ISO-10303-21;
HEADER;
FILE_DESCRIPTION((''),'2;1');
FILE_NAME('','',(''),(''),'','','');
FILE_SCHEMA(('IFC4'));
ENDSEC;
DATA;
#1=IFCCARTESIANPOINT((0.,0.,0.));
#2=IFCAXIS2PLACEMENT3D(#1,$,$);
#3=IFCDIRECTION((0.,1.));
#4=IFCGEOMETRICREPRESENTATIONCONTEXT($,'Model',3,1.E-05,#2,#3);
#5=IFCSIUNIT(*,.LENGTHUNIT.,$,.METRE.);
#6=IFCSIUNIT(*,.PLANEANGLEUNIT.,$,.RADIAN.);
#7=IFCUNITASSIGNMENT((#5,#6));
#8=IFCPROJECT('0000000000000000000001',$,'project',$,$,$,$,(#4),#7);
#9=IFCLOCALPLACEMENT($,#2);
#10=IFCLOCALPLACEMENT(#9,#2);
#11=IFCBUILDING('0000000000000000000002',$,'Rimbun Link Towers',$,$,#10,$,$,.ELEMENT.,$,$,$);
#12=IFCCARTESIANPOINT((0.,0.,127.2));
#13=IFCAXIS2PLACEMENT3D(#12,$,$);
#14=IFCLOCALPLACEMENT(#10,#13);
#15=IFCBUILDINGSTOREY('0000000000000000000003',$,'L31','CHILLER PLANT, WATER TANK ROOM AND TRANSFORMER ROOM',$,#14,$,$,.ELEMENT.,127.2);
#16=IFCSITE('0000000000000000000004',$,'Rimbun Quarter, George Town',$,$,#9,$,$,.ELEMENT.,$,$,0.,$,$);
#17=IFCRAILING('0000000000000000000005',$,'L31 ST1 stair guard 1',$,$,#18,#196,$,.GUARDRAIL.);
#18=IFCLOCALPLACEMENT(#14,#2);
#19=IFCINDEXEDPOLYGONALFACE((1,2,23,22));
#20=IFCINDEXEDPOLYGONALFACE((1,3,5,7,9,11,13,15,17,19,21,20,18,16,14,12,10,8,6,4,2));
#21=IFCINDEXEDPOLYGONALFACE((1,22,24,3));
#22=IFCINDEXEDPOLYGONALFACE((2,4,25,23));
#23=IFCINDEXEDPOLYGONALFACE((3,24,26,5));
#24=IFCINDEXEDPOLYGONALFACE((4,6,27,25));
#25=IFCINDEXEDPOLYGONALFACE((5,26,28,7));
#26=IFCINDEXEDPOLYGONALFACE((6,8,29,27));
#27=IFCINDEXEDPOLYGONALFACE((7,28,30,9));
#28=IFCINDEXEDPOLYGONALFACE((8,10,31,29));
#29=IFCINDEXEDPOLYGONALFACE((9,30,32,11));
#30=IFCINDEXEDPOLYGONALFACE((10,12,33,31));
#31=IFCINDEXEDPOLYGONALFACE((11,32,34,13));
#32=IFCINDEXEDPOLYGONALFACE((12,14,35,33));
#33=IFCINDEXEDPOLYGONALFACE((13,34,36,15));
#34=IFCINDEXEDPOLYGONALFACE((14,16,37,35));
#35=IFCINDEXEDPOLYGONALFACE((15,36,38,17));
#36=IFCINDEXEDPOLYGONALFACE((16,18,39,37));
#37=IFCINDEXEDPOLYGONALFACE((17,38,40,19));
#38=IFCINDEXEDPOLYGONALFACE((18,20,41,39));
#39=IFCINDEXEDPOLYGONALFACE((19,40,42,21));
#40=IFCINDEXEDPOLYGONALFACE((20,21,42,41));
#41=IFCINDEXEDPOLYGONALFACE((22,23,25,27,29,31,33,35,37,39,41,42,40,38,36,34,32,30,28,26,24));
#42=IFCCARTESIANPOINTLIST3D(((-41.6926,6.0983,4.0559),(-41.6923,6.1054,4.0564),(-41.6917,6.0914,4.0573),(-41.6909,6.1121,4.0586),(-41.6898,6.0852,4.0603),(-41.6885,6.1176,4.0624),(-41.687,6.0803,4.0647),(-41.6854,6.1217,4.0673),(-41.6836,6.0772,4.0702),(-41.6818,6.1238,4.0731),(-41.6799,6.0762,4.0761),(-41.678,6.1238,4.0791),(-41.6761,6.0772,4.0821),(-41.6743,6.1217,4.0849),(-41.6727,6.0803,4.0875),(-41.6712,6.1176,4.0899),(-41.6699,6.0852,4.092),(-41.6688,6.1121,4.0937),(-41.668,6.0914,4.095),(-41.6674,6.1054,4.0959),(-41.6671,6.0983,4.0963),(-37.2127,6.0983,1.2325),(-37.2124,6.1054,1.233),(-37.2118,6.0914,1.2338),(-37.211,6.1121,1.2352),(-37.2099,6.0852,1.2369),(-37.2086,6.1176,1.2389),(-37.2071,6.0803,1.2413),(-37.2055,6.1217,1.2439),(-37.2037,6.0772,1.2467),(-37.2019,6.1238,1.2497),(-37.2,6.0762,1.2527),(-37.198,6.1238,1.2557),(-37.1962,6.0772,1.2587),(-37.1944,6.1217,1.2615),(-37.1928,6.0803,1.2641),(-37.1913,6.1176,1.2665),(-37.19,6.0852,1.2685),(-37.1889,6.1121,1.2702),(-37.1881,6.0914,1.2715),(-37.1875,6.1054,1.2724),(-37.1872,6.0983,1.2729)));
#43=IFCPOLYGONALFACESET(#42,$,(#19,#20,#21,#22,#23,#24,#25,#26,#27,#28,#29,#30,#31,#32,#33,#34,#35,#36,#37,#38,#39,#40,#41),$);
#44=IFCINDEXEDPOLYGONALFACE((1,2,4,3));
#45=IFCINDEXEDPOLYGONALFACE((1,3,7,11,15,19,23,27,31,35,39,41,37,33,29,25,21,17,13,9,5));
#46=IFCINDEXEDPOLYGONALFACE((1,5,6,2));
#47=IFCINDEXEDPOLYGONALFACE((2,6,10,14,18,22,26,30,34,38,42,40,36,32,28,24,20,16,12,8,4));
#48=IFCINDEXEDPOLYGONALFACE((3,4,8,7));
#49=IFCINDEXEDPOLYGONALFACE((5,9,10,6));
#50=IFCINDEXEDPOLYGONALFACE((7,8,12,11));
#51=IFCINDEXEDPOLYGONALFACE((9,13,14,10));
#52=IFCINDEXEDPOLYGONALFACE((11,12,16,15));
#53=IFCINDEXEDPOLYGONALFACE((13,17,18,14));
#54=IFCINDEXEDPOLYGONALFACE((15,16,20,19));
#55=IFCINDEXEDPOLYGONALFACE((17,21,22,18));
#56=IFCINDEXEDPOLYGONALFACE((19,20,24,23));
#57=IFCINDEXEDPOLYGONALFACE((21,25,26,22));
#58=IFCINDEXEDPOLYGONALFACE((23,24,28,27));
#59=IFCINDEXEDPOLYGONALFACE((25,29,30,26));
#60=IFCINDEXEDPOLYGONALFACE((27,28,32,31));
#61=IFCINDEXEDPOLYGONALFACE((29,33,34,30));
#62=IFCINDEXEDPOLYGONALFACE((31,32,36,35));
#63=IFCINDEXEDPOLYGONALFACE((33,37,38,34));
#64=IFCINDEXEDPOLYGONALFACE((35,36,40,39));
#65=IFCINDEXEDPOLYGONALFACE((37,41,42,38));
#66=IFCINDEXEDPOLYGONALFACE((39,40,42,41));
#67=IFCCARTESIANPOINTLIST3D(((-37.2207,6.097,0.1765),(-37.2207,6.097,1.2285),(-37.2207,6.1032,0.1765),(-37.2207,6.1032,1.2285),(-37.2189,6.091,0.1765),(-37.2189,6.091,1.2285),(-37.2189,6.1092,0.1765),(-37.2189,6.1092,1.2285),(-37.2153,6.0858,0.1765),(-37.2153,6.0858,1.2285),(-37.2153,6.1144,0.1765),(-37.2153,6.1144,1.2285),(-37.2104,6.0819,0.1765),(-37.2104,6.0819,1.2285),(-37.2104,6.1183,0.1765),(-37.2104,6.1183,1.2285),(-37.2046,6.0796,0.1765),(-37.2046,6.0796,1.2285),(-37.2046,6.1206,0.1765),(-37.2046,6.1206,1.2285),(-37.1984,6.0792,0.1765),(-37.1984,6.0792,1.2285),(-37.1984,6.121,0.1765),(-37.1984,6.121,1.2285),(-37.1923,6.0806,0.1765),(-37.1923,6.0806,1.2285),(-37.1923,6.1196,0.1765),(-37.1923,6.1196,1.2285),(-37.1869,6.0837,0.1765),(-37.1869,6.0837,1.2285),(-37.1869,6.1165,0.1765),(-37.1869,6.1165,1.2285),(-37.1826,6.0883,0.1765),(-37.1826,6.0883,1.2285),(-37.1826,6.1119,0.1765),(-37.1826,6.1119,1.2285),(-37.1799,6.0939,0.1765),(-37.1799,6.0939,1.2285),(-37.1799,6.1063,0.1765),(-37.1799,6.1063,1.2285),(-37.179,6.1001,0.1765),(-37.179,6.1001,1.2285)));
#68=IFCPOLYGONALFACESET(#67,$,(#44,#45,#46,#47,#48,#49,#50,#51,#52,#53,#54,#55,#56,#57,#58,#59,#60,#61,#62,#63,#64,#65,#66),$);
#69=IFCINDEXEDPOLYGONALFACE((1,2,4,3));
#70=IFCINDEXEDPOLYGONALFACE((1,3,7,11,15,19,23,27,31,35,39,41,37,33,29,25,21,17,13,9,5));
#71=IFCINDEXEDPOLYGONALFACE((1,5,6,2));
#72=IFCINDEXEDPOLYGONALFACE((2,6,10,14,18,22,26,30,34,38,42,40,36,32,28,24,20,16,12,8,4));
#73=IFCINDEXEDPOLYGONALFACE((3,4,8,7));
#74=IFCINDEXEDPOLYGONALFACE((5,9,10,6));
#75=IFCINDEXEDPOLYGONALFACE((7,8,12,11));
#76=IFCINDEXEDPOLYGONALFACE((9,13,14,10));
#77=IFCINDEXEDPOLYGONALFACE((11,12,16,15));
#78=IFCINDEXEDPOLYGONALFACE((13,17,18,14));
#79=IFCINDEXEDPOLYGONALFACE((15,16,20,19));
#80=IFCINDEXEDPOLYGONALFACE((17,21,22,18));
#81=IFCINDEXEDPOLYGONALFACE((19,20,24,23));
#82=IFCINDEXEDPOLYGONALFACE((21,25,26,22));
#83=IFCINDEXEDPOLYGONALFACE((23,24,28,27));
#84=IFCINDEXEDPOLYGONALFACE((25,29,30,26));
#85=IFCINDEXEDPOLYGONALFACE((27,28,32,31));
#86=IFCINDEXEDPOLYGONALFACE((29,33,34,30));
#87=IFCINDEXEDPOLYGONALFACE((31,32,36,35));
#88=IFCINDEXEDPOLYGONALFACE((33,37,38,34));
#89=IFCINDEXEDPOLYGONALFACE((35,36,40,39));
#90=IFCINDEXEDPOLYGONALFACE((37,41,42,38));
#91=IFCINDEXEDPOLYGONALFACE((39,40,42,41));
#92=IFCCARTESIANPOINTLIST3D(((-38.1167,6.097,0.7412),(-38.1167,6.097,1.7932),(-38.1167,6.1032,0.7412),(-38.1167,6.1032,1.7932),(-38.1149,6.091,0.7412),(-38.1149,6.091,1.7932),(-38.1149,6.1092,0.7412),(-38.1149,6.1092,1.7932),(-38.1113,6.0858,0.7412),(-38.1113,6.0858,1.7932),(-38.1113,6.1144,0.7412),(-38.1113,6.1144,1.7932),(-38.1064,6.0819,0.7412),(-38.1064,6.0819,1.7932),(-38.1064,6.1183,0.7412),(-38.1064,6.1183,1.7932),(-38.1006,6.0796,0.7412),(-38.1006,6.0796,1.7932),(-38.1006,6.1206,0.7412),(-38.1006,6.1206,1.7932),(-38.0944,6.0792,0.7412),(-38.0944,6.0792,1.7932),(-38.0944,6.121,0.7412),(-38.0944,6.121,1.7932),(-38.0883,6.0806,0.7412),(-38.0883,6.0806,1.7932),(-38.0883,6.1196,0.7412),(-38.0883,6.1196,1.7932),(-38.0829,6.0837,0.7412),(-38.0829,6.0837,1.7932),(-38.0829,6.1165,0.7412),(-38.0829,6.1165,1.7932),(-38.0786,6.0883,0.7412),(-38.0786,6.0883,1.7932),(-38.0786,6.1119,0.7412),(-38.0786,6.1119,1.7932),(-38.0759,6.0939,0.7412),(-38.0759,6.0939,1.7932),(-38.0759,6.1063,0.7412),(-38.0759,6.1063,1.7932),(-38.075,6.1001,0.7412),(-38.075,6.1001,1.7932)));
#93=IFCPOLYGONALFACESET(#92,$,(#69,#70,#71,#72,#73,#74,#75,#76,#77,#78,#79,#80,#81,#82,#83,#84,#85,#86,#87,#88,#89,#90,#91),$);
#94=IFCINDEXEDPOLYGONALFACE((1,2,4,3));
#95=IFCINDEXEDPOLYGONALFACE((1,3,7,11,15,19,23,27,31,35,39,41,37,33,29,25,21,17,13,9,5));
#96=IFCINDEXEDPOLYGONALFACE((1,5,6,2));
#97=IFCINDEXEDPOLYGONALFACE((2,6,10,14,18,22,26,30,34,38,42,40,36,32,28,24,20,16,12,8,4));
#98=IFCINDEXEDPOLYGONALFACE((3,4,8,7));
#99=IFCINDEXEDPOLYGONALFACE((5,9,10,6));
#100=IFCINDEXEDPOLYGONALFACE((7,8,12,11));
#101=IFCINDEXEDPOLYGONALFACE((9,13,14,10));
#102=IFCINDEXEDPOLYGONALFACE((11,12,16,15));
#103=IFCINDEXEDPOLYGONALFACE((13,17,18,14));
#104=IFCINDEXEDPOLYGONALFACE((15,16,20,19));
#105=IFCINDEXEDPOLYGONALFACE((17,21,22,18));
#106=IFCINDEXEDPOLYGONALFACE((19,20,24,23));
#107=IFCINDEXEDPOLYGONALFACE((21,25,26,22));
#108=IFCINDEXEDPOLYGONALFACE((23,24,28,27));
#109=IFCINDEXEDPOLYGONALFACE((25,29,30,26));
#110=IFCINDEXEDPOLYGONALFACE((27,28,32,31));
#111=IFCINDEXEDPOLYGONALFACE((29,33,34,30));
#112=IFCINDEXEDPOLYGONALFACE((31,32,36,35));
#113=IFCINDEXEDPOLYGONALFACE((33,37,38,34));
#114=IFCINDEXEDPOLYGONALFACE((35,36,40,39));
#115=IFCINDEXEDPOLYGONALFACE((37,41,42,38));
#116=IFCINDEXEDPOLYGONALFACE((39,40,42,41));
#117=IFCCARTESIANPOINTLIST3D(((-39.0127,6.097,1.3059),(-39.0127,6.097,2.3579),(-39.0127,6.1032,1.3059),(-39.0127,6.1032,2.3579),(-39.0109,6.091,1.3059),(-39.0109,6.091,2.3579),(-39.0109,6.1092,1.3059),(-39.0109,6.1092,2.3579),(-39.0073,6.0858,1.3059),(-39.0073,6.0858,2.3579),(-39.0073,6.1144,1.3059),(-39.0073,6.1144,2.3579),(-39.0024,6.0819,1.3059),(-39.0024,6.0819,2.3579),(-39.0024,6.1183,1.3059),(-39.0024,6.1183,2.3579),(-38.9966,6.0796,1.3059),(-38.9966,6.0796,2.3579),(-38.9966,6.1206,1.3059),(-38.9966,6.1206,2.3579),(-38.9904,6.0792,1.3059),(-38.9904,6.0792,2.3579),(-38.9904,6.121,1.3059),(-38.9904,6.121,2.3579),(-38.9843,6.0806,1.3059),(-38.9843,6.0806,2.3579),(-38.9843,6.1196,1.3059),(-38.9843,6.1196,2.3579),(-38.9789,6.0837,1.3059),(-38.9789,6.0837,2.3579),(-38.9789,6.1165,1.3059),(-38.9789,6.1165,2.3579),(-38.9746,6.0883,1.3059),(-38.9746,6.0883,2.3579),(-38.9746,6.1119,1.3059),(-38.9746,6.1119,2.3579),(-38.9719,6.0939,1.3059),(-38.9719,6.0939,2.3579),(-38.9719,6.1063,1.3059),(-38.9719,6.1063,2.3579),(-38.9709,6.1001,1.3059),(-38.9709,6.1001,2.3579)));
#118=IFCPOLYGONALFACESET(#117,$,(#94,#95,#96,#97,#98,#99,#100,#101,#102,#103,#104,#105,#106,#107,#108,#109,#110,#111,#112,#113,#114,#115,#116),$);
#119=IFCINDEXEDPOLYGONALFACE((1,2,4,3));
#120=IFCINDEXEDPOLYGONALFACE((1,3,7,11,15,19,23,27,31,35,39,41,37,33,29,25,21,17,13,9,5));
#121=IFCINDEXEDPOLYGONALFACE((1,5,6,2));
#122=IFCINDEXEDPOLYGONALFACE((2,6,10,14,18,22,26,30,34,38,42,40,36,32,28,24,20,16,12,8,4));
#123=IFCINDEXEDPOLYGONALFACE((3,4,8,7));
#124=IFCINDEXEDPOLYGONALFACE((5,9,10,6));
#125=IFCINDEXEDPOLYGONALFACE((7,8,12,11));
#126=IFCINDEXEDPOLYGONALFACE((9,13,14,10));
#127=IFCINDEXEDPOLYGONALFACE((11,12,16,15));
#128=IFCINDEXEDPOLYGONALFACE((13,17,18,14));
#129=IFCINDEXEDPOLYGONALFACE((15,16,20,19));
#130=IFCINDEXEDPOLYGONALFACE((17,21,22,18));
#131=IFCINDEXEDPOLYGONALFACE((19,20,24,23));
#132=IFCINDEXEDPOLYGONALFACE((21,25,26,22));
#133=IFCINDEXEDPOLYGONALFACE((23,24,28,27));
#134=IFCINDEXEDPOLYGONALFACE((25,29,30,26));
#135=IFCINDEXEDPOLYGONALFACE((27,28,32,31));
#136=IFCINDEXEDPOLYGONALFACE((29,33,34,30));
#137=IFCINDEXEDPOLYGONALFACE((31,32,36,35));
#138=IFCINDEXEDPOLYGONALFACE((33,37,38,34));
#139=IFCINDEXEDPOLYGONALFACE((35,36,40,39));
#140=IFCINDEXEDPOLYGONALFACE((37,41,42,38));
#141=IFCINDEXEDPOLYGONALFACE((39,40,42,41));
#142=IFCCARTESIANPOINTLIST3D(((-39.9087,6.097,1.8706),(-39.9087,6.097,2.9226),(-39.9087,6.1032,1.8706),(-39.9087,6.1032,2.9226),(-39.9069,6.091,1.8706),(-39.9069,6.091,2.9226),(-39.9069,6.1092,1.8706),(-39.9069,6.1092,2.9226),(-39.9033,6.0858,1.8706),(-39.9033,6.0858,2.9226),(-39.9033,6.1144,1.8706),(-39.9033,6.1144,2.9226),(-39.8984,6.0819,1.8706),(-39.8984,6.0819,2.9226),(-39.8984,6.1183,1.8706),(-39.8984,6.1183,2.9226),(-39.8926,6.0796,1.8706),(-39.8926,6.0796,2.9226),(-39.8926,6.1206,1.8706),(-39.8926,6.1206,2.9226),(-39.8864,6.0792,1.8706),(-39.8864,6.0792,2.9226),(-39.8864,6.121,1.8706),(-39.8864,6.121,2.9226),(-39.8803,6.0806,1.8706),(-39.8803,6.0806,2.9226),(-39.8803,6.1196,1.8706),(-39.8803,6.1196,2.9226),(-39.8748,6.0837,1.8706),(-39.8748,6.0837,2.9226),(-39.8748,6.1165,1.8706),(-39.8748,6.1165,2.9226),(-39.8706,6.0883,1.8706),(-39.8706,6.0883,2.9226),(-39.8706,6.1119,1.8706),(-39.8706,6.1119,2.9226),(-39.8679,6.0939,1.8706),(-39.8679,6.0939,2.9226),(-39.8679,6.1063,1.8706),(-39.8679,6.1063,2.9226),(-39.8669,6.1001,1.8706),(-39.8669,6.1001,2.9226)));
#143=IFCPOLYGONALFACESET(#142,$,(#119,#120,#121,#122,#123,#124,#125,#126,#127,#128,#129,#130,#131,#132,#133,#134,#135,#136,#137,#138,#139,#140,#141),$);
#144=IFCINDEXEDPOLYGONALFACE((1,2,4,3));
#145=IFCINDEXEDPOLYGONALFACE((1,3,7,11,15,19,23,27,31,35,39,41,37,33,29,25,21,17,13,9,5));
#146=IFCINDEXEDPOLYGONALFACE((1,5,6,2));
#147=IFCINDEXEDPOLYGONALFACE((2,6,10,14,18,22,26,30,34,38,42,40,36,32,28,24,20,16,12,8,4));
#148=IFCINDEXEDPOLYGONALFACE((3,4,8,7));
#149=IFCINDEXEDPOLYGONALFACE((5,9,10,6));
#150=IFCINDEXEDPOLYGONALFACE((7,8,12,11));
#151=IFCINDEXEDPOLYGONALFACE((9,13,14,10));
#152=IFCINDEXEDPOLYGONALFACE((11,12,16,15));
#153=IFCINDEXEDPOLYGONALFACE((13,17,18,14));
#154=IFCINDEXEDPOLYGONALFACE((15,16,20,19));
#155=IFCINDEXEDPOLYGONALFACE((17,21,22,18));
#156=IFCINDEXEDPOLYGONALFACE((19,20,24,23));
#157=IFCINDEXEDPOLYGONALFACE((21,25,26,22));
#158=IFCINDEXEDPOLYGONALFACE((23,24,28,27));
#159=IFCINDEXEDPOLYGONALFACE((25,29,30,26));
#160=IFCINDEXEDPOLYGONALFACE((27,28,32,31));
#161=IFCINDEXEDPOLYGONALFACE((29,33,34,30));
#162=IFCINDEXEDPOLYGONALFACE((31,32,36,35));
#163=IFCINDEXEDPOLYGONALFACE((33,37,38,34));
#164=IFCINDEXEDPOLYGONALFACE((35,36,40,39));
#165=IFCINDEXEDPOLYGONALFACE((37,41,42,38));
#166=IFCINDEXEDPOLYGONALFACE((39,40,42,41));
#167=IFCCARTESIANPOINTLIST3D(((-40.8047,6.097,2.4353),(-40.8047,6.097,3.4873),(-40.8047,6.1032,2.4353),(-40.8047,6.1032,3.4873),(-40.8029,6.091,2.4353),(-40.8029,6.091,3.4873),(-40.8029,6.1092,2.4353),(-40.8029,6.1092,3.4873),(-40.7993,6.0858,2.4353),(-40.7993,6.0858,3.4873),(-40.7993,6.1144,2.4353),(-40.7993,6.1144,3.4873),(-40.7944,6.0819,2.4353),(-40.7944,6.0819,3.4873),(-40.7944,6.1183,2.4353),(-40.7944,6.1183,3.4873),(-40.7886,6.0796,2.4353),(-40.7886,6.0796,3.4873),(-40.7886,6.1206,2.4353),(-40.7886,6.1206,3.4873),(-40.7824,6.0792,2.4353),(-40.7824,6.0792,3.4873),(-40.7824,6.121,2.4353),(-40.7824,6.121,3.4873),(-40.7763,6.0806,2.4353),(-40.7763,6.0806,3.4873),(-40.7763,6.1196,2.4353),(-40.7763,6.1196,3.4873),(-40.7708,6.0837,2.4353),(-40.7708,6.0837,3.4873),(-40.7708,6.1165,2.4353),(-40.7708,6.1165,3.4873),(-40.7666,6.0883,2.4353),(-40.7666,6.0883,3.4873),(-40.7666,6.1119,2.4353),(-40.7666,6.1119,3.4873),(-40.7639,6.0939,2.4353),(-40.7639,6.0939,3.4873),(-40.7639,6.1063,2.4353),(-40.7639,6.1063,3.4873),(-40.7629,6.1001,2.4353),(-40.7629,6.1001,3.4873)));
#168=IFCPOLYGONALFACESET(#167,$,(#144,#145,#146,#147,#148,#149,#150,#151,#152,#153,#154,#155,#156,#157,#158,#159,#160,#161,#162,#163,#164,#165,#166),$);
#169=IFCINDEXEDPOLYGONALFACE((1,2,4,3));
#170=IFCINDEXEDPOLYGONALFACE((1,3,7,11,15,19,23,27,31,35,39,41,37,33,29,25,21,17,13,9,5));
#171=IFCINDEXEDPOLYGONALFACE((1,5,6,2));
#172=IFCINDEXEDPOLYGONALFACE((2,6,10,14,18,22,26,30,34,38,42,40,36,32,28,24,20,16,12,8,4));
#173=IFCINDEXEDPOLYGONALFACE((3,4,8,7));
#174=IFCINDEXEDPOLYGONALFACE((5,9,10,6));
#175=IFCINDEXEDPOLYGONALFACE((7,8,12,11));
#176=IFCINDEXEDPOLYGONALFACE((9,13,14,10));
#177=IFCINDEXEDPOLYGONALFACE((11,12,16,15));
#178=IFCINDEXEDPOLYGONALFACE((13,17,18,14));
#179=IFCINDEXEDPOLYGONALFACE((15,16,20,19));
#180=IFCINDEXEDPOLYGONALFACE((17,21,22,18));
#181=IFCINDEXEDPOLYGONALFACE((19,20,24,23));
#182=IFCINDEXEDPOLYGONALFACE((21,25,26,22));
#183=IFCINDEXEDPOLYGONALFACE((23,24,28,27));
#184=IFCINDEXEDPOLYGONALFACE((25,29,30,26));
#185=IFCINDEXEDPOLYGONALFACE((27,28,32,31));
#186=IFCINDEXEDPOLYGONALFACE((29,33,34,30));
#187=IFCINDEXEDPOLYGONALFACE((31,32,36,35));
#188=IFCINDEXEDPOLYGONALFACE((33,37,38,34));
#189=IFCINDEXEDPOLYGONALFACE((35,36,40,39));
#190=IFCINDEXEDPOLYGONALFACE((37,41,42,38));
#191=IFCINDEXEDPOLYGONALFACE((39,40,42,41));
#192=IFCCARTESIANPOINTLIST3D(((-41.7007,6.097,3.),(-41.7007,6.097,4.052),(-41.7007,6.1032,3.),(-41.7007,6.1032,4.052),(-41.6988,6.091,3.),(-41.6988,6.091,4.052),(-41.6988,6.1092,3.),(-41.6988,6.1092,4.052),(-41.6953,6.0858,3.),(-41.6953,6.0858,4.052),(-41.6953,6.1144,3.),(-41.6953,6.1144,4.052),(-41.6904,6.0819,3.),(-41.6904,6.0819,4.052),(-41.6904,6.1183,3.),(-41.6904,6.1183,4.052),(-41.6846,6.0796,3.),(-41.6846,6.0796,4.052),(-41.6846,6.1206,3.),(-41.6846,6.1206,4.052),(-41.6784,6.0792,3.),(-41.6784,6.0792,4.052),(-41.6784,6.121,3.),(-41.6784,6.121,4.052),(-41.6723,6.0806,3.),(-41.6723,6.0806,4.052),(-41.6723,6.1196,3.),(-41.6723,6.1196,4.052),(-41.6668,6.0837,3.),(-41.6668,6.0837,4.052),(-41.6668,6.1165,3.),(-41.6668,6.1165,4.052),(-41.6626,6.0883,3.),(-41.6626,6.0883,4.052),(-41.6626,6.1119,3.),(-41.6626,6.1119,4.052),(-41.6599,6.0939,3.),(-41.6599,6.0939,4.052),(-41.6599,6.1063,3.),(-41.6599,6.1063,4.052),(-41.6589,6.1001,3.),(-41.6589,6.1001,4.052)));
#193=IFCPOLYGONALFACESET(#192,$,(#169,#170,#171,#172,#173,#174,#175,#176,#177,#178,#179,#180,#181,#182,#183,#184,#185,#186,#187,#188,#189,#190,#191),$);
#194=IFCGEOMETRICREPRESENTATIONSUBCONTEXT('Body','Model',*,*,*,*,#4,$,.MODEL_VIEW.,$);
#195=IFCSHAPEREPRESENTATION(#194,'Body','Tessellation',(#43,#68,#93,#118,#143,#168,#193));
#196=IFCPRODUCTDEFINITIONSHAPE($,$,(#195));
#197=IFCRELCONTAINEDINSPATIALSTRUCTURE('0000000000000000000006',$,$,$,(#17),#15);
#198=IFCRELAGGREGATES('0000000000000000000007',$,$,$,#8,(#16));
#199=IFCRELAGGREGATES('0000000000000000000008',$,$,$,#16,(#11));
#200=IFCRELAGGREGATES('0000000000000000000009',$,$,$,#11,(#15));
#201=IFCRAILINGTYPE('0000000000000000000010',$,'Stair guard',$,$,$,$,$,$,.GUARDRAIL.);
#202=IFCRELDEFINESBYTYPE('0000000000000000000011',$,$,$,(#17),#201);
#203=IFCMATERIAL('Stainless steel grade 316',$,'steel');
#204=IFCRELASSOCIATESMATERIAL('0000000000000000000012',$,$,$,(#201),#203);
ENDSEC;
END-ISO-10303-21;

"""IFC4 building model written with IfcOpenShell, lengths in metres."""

from ifc_helpers import new_model, si_unit, direction, frame, origin, origin_2d, place, context, subcontext, project, spatial, circle, extrude, material, type_object, element, save


model = new_model("IFC4")

# Units and contexts
model_context = context("Model", 3, precision=1e-05, world=origin(), true_north=direction((0.0, 1.0)))
body_context = subcontext(model_context, "Body", "Model", "MODEL_VIEW")
ifc_project = project(units=[si_unit("LENGTHUNIT", "METRE"), si_unit("PLANEANGLEUNIT", "RADIAN")], contexts=[model_context])

# Site, building, storey
site_placement = place(None, origin())
site = spatial("IfcSite", under=ifc_project, at=site_placement, Name="Rimbun Quarter, George Town", CompositionType="ELEMENT", RefElevation=0.0)
building_placement = place(site_placement, origin())
building = spatial("IfcBuilding", under=site, at=building_placement, Name="Rimbun Link Towers", CompositionType="ELEMENT")
storey_placement = place(building_placement, frame((0.0, 0.0, 127.2)))
storey = spatial("IfcBuildingStorey", under=building, at=storey_placement, Name="L31", Description="CHILLER PLANT, WATER TANK ROOM AND TRANSFORMER ROOM", CompositionType="ELEMENT", Elevation=127.2)

# Railing
ifc_material_1 = material(Name="Stainless steel grade 316", Category="steel")
railing_type_1 = type_object("IfcRailingType", Name="Stair guard", PredefinedType="GUARDRAIL", material=ifc_material_1)
railing_1_placement = place(storey_placement, frame((-37.2, 6.1001, 0.1765)))
element("IfcRailing", 1, at=railing_1_placement, inside=storey, type_object=railing_type_1, Name="L31 ST1 stair guard 1", PredefinedType="GUARDRAIL", context=body_context, shape_type="SweptSolid", body=[
    extrude(circle(Radius=0.0239, at=origin_2d()), frame((0.0, 0.0, 1.0762), z_axis=(-0.845998, 0.0, 0.533186), x_axis=(0.0, -1.0, 0.0)), (0.0, 0.0, 1.0), 5.2954),
    extrude(circle(Radius=0.021, at=origin_2d()), origin(), (0.0, 0.0, 1.0), 1.052),
    extrude(circle(Radius=0.021, at=origin_2d()), frame((-0.896, 0.0, 0.5647)), (0.0, 0.0, 1.0), 1.052),
    extrude(circle(Radius=0.021, at=origin_2d()), frame((-1.792, 0.0, 1.1294)), (0.0, 0.0, 1.0), 1.052),
    extrude(circle(Radius=0.021, at=origin_2d()), frame((-2.688, 0.0, 1.6941)), (0.0, 0.0, 1.0), 1.052),
    extrude(circle(Radius=0.021, at=origin_2d()), frame((-3.584, 0.0, 2.2588)), (0.0, 0.0, 1.0), 1.052),
    extrude(circle(Radius=0.021, at=origin_2d()), frame((-4.48, 0.0, 2.8235)), (0.0, 0.0, 1.0), 1.052),
])

save(model, "model.ifc")
